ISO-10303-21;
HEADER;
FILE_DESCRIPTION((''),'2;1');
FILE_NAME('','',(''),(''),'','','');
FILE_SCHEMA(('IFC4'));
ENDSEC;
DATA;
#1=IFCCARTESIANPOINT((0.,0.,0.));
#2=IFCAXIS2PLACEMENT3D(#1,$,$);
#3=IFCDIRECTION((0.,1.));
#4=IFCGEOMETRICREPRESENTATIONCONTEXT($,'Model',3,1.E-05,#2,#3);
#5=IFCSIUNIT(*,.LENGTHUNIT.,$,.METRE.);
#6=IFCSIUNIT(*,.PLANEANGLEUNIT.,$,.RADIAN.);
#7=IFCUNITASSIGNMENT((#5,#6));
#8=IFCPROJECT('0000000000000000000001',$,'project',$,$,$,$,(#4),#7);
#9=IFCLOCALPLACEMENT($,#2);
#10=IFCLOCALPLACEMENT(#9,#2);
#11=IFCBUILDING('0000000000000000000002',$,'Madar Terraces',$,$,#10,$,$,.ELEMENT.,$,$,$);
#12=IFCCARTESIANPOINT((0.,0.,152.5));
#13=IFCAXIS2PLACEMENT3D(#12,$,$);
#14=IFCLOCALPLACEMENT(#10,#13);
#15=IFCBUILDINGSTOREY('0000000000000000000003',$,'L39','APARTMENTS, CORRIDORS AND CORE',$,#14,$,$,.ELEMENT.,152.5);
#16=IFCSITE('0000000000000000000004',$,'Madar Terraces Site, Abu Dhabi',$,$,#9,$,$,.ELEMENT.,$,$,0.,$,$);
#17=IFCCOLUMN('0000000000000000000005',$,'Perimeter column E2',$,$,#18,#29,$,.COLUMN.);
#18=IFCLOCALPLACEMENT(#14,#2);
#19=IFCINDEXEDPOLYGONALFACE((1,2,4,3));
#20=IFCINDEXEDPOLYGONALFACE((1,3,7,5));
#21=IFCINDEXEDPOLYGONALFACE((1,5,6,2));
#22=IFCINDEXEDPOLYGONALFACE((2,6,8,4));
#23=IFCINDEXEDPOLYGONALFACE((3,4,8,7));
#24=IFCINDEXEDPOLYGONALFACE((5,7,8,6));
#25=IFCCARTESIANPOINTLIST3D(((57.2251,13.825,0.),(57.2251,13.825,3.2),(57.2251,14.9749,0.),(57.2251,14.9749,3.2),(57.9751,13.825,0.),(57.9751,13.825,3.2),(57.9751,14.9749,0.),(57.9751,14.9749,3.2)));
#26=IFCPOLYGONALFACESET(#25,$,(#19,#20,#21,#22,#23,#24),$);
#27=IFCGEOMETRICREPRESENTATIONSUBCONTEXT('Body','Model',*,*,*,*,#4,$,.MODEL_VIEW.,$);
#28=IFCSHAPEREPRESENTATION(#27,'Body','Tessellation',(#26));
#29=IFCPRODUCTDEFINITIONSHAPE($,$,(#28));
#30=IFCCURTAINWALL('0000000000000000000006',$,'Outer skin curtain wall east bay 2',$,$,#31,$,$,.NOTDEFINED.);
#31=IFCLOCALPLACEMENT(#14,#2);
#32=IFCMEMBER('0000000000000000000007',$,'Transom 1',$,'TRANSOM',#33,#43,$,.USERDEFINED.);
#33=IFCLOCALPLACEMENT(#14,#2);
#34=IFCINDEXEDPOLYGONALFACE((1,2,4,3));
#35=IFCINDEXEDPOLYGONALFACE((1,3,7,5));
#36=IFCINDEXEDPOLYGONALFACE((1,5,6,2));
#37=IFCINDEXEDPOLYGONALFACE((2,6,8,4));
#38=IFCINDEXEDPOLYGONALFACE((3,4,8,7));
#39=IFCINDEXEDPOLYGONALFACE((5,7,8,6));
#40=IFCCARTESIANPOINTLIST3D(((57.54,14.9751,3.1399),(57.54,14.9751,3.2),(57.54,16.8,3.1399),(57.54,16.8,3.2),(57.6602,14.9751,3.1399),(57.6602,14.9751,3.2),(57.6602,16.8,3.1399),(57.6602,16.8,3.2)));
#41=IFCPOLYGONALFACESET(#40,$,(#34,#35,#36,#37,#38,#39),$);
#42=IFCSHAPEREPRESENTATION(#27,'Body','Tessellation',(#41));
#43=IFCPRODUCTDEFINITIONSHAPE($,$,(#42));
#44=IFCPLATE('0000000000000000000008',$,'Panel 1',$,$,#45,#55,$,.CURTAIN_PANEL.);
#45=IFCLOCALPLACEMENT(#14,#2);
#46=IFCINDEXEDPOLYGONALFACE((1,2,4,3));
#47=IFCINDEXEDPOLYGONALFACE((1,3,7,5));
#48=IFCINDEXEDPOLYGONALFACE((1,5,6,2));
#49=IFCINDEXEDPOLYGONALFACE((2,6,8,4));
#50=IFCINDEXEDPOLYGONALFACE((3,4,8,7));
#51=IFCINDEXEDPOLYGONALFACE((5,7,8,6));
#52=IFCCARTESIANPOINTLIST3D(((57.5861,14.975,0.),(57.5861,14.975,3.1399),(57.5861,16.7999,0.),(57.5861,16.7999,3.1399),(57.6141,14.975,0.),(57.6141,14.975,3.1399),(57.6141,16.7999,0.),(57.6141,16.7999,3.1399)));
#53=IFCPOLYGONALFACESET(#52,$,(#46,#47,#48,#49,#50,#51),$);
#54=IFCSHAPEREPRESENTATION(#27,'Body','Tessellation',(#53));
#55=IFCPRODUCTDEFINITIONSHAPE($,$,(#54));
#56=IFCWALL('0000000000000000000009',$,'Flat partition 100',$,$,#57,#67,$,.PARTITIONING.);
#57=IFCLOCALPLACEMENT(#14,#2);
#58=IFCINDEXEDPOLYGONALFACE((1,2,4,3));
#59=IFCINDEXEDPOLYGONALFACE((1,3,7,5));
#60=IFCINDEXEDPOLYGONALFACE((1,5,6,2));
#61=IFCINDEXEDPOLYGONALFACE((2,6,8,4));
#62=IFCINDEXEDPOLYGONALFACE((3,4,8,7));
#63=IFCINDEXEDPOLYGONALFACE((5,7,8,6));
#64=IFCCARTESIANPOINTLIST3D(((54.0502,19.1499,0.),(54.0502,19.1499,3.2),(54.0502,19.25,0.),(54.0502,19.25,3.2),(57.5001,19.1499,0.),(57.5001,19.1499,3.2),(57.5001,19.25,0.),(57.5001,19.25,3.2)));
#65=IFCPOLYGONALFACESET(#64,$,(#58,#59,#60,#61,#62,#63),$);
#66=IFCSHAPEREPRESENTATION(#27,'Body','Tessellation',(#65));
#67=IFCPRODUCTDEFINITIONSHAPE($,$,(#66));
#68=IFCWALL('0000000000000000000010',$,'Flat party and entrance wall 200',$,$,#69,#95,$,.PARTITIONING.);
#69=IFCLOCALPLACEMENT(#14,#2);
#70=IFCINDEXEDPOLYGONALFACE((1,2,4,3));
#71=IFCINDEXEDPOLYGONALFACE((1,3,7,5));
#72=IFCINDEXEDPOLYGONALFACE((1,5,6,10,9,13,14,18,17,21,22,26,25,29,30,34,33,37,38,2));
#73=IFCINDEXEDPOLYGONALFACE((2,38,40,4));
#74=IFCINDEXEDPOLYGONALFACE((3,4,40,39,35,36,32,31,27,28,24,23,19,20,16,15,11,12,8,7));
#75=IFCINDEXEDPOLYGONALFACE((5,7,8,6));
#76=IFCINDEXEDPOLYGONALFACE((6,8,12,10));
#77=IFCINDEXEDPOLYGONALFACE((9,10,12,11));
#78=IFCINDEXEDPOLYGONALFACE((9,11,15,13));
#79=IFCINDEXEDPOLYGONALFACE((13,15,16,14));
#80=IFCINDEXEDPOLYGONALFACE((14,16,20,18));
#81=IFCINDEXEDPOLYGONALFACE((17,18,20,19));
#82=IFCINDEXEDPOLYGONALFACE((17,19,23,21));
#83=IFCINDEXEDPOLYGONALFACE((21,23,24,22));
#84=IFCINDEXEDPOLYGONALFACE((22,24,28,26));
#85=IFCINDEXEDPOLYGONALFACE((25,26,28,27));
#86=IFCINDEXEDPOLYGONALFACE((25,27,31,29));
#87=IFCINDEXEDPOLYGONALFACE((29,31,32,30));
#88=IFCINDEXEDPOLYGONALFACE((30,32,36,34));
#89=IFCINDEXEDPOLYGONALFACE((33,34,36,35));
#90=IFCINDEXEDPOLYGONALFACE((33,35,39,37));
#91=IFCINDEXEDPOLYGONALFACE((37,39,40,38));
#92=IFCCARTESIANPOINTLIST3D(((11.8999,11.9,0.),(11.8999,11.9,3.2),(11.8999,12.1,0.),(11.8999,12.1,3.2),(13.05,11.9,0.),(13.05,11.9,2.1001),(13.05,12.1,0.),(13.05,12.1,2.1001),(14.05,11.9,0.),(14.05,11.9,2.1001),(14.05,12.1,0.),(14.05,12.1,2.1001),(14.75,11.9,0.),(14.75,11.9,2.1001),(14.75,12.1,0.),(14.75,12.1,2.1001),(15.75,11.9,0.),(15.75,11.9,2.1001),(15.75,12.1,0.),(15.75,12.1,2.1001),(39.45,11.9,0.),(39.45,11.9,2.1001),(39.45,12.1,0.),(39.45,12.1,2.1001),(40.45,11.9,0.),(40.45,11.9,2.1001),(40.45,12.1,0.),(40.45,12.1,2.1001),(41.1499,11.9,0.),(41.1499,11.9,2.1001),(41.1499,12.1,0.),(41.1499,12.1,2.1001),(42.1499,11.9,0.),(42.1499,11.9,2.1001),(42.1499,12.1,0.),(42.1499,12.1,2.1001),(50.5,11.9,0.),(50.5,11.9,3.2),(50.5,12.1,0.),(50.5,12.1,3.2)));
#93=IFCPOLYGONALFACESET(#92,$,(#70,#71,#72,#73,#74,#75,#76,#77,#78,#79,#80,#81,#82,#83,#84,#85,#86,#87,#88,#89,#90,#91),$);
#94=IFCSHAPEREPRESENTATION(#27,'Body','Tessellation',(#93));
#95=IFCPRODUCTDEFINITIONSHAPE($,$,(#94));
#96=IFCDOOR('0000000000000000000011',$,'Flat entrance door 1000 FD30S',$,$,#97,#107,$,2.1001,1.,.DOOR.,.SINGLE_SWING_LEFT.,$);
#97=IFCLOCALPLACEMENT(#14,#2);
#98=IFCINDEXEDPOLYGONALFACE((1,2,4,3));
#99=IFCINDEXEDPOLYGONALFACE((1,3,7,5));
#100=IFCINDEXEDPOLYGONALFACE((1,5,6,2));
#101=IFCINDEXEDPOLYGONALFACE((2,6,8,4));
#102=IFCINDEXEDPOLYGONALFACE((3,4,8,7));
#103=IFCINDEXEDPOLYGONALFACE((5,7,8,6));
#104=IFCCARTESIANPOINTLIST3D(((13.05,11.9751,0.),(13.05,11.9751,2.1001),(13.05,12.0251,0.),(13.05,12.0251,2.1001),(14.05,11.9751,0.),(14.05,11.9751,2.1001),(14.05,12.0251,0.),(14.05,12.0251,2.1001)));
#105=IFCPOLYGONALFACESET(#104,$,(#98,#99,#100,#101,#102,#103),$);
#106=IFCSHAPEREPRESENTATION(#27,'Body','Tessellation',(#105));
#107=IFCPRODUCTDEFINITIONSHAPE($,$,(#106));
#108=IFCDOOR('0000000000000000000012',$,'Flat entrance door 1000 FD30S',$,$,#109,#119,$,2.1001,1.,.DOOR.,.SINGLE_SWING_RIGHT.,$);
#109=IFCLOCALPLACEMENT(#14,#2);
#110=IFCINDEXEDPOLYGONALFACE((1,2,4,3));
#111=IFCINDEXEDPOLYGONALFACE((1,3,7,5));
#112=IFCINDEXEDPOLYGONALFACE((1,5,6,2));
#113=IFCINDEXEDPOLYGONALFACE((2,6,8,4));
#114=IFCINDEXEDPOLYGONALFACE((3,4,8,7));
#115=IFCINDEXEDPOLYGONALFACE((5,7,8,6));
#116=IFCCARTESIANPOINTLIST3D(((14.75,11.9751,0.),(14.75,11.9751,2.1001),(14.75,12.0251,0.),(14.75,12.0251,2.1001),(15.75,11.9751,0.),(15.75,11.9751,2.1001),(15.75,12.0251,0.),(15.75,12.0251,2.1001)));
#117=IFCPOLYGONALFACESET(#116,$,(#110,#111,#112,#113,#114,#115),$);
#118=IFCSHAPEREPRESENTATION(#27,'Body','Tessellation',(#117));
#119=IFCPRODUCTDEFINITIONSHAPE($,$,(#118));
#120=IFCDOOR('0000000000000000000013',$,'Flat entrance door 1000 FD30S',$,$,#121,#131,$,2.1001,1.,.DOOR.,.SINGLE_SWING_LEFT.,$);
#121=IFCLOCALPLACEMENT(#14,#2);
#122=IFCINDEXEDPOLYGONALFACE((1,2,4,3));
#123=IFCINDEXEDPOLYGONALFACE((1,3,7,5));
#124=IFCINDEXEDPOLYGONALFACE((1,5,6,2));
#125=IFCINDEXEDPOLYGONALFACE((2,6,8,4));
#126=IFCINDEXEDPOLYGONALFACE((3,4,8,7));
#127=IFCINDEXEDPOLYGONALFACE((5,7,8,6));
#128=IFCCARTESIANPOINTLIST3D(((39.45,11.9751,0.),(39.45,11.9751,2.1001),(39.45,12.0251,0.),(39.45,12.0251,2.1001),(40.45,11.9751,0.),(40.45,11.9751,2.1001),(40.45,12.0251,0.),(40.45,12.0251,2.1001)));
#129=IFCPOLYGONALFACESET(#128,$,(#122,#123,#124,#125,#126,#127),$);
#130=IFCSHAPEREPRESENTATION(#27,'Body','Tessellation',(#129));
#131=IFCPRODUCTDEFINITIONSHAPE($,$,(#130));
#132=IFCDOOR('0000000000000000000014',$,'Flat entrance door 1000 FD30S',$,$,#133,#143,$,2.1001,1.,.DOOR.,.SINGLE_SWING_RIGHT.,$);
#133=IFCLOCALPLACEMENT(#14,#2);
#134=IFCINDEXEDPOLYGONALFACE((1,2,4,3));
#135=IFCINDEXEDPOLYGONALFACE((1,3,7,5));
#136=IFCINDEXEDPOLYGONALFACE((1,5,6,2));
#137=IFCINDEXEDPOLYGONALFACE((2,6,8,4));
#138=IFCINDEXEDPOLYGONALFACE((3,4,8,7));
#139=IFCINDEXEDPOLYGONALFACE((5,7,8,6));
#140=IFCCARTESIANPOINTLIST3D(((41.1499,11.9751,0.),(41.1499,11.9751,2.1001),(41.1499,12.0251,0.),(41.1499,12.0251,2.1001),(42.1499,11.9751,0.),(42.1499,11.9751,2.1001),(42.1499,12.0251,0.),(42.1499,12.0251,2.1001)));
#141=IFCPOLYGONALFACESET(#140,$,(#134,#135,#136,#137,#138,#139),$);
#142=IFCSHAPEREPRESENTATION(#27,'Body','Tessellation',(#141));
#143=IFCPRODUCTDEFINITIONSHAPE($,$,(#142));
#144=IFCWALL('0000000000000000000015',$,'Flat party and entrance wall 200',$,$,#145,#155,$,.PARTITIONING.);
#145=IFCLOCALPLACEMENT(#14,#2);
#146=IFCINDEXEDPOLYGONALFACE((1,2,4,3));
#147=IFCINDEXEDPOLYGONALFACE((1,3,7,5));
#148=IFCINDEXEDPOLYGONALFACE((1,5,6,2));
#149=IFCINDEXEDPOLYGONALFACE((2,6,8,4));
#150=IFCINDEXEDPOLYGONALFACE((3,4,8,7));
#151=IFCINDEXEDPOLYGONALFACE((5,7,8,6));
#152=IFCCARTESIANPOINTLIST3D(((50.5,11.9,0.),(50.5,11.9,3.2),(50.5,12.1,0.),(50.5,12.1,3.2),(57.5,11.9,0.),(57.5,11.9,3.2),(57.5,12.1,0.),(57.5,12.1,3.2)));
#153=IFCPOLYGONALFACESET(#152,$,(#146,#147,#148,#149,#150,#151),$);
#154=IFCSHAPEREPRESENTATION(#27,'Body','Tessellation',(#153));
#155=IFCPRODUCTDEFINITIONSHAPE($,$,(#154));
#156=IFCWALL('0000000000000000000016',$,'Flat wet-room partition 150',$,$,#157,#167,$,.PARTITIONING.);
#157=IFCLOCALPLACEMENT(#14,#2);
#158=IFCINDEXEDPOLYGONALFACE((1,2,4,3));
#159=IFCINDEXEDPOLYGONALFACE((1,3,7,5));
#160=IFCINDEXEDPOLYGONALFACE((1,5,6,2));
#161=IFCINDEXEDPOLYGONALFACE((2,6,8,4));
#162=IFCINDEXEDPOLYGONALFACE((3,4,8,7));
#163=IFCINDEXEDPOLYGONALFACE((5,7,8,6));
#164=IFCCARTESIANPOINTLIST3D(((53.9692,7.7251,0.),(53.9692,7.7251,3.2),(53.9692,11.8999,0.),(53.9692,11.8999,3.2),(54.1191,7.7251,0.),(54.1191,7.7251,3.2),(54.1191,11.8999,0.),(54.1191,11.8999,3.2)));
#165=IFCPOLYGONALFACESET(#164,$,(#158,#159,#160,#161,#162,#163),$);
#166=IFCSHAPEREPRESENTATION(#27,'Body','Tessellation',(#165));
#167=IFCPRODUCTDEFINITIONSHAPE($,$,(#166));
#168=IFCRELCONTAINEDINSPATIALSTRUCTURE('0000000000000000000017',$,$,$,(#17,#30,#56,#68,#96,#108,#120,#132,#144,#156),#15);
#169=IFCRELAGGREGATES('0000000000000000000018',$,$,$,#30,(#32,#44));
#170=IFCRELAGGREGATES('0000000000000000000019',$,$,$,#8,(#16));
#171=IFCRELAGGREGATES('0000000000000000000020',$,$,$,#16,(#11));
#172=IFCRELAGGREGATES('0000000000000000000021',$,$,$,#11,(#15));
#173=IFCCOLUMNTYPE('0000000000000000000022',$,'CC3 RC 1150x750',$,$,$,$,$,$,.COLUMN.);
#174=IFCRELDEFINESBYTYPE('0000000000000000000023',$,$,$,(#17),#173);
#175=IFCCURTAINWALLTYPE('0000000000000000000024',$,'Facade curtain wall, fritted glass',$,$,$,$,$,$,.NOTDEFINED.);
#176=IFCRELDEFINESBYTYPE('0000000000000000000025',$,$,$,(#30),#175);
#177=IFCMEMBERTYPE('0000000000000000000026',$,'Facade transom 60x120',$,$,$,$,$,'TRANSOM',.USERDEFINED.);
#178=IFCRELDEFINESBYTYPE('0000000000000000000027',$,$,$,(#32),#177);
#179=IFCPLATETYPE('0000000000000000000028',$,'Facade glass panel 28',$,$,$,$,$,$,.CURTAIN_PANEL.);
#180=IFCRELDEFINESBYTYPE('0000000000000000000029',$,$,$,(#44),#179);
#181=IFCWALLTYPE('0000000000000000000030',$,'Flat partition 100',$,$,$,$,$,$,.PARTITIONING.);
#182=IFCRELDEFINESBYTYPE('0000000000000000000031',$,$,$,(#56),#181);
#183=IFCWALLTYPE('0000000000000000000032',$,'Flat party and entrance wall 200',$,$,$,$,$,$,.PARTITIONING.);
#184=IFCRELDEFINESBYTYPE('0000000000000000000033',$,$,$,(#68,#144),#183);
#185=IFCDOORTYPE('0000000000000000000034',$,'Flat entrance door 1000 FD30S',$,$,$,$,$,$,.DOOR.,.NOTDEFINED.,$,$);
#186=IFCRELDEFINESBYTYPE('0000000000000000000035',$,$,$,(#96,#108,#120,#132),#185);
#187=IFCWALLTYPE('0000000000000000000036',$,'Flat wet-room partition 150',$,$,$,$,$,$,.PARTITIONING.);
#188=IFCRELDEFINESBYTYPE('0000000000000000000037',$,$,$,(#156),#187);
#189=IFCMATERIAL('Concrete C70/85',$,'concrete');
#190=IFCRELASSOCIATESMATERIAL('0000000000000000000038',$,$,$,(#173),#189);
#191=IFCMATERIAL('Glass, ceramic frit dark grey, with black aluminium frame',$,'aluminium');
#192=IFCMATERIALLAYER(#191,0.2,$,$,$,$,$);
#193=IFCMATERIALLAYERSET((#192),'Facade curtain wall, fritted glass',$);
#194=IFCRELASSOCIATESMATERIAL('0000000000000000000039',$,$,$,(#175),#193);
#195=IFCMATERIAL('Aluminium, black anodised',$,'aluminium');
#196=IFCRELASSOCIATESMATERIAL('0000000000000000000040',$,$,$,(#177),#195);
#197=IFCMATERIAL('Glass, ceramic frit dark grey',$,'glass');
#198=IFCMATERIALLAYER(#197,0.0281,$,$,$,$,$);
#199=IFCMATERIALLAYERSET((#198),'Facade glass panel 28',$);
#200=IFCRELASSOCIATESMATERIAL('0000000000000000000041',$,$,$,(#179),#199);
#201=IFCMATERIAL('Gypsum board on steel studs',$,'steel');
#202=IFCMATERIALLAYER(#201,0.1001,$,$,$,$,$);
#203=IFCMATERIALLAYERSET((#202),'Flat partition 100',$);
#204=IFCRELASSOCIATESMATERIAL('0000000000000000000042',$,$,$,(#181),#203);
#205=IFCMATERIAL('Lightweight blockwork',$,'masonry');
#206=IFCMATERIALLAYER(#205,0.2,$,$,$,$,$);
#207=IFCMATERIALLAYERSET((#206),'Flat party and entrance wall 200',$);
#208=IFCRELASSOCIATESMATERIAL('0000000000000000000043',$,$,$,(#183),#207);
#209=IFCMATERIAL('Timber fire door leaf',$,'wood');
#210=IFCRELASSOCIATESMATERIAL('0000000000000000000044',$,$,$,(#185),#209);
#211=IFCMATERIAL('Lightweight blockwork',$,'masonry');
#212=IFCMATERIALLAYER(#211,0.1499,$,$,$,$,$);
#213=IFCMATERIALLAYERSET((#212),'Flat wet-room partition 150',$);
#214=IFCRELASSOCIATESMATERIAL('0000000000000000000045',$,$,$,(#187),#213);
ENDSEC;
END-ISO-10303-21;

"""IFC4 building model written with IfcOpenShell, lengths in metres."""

from ifc_helpers import new_model, si_unit, direction, frame, frame_2d, origin, origin_2d, place, context, subcontext, project, spatial, rectangle, extrude, material, layer, layer_set, material_profile, profile_set, type_object, element, fill, aggregate, save


model = new_model("IFC4")

# Units and contexts
model_context = context("Model", 3, precision=1e-05, world=origin(), true_north=direction((0.0, 1.0)))
body_context = subcontext(model_context, "Body", "Model", "MODEL_VIEW")
ifc_project = project(units=[si_unit("LENGTHUNIT", "METRE"), si_unit("PLANEANGLEUNIT", "RADIAN")], contexts=[model_context])

# Site, building, storey
site_placement = place(None, origin())
site = spatial("IfcSite", under=ifc_project, at=site_placement, Name="Madar Terraces Site, Abu Dhabi", CompositionType="ELEMENT", RefElevation=0.0)
building_placement = place(site_placement, origin())
building = spatial("IfcBuilding", under=site, at=building_placement, Name="Madar Terraces", CompositionType="ELEMENT")
storey_placement = place(building_placement, frame((0.0, 0.0, 152.5)))
storey = spatial("IfcBuildingStorey", under=building, at=storey_placement, Name="L39", Description="APARTMENTS, CORRIDORS AND CORE", CompositionType="ELEMENT", Elevation=152.5)

# Column
ifc_material_1 = material(Name="Concrete C70/85", Category="concrete")
ifc_material_profile_1 = material_profile(ifc_material_1, rectangle(XDim=1.1499, YDim=0.75, at=origin_2d()), Name="CC3 RC 1150x750")
ifc_profile_set_1 = profile_set([ifc_material_profile_1], Name="Concrete C70/85")
column_type = type_object("IfcColumnType", Name="CC3 RC 1150x750", PredefinedType="COLUMN", material=ifc_profile_set_1)
column_placement = place(storey_placement, frame((57.6001, 14.3999, 0.0), z_axis=(0.0, 0.0, 1.0), x_axis=(0.0, 1.0, 0.0)))
element("IfcColumn", 1, at=column_placement, inside=storey, type_object=column_type, Name="Perimeter column E2", PredefinedType="COLUMN", context=body_context, shape_type="SweptSolid", body=[
    extrude(rectangle(XDim=1.1499, YDim=0.75, at=origin_2d()), origin(), (0.0, 0.0, 1.0), 3.2),
])

# Curtain wall, member, plate
ifc_material_2 = material(Name="Glass, ceramic frit dark grey, with black aluminium frame", Category="aluminium")
ifc_layer_1 = layer(ifc_material_2, 0.2)
ifc_layer_set_1 = layer_set([ifc_layer_1], Name="Facade curtain wall, fritted glass")
curtain_wall_type = type_object("IfcCurtainWallType", Name="Facade curtain wall, fritted glass", PredefinedType="NOTDEFINED", material=ifc_layer_set_1)
curtain_wall_placement = place(storey_placement, origin())
curtain_wall = element("IfcCurtainWall", 2, at=curtain_wall_placement, inside=storey, type_object=curtain_wall_type, Name="Outer skin curtain wall east bay 2", PredefinedType="NOTDEFINED")
ifc_material_3 = material(Name="Aluminium, black anodised", Category="aluminium")
ifc_material_profile_2 = material_profile(ifc_material_3, rectangle(XDim=0.1201, YDim=0.0601, at=origin_2d()), Name="Facade transom 60x120")
ifc_profile_set_2 = profile_set([ifc_material_profile_2], Name="Aluminium, black anodised")
member_type = type_object("IfcMemberType", Name="Facade transom 60x120", ElementType="TRANSOM", PredefinedType="USERDEFINED", material=ifc_profile_set_2)
member_placement = place(storey_placement, frame((57.6001, 14.9751, 3.1699), z_axis=(0.0, 1.0, 0.0), x_axis=(-1.0, 0.0, 0.0)))
member = element("IfcMember", 3, at=member_placement, type_object=member_type, Name="Transom 1", ObjectType="TRANSOM", PredefinedType="USERDEFINED", context=body_context, shape_type="SweptSolid", body=[
    extrude(rectangle(XDim=0.1201, YDim=0.0601, at=origin_2d()), origin(), (0.0, 0.0, 1.0), 1.825),
])
ifc_material_4 = material(Name="Glass, ceramic frit dark grey", Category="glass")
ifc_layer_2 = layer(ifc_material_4, 0.0281)
ifc_layer_set_2 = layer_set([ifc_layer_2], Name="Facade glass panel 28")
plate_type = type_object("IfcPlateType", Name="Facade glass panel 28", PredefinedType="CURTAIN_PANEL", material=ifc_layer_set_2)
plate_placement = place(storey_placement, frame((57.6001, 15.8875, 0.0), z_axis=(0.0, 0.0, 1.0), x_axis=(0.0, 1.0, 0.0)))
plate = element("IfcPlate", 4, at=plate_placement, type_object=plate_type, Name="Panel 1", PredefinedType="CURTAIN_PANEL", context=body_context, shape_type="SweptSolid", body=[
    extrude(rectangle(XDim=1.825, YDim=0.0281, at=origin_2d()), origin(), (0.0, 0.0, 1.0), 3.1399),
])
aggregate(curtain_wall, [member, plate])

# Wall
ifc_material_5 = material(Name="Gypsum board on steel studs", Category="steel")
ifc_layer_3 = layer(ifc_material_5, 0.1001)
ifc_layer_set_3 = layer_set([ifc_layer_3], Name="Flat partition 100")
wall_type_1 = type_object("IfcWallType", Name="Flat partition 100", PredefinedType="PARTITIONING", material=ifc_layer_set_3)
wall_1_placement = place(storey_placement, frame((54.05, 19.2, 0.0), z_axis=(0.0, 0.0, 1.0), x_axis=(1.0, 0.0, 0.0)))
element("IfcWall", 5, at=wall_1_placement, inside=storey, type_object=wall_type_1, Name="Flat partition 100", PredefinedType="PARTITIONING", context=body_context, shape_type="SweptSolid", body=[
    extrude(rectangle(XDim=3.45, YDim=0.1001, at=frame_2d((1.7251, 0.0))), origin(), (0.0, 0.0, 1.0), 3.2),
])

# Wall, openings, doors
ifc_material_6 = material(Name="Lightweight blockwork", Category="masonry")
ifc_layer_4 = layer(ifc_material_6, 0.2)
ifc_layer_set_4 = layer_set([ifc_layer_4], Name="Flat party and entrance wall 200")
wall_type_2 = type_object("IfcWallType", Name="Flat party and entrance wall 200", PredefinedType="PARTITIONING", material=ifc_layer_set_4)
wall_2_placement = place(storey_placement, frame((50.5, 12.0, 0.0), z_axis=(0.0, 0.0, 1.0), x_axis=(-1.0, 0.0, 0.0)))
wall_2 = element("IfcWall", 6, at=wall_2_placement, inside=storey, type_object=wall_type_2, Name="Flat party and entrance wall 200", PredefinedType="PARTITIONING", context=body_context, shape_type="SweptSolid", body=[
    extrude(rectangle(XDim=38.6001, YDim=0.2, at=frame_2d((19.3, 0.0))), origin(), (0.0, 0.0, 1.0), 3.2),
])
opening_1_placement = place(wall_2_placement, frame((36.45, 0.0, 0.0)))
opening_1 = element("IfcOpeningElement", 7, at=opening_1_placement, cuts=wall_2, PredefinedType="OPENING", context=body_context, shape_type="SweptSolid", body=[
    extrude(rectangle(XDim=1.0, YDim=2.1001, at=frame_2d((0.5, 1.05))), frame((0.0, 0.1099, 0.0), z_axis=(0.0, -1.0, 0.0), x_axis=(1.0, 0.0, 0.0)), (0.0, 0.0, 1.0), 0.22),
])
opening_2_placement = place(wall_2_placement, frame((34.75, 0.0, 0.0)))
opening_2 = element("IfcOpeningElement", 8, at=opening_2_placement, cuts=wall_2, PredefinedType="OPENING", context=body_context, shape_type="SweptSolid", body=[
    extrude(rectangle(XDim=1.0, YDim=2.1001, at=frame_2d((0.5, 1.05))), frame((0.0, 0.1099, 0.0), z_axis=(0.0, -1.0, 0.0), x_axis=(1.0, 0.0, 0.0)), (0.0, 0.0, 1.0), 0.22),
])
opening_3_placement = place(wall_2_placement, frame((10.05, 0.0, 0.0)))
opening_3 = element("IfcOpeningElement", 9, at=opening_3_placement, cuts=wall_2, PredefinedType="OPENING", context=body_context, shape_type="SweptSolid", body=[
    extrude(rectangle(XDim=1.0, YDim=2.1001, at=frame_2d((0.5, 1.05))), frame((0.0, 0.1099, 0.0), z_axis=(0.0, -1.0, 0.0), x_axis=(1.0, 0.0, 0.0)), (0.0, 0.0, 1.0), 0.22),
])
opening_4_placement = place(wall_2_placement, frame((8.3501, 0.0, 0.0)))
opening_4 = element("IfcOpeningElement", 10, at=opening_4_placement, cuts=wall_2, PredefinedType="OPENING", context=body_context, shape_type="SweptSolid", body=[
    extrude(rectangle(XDim=1.0, YDim=2.1001, at=frame_2d((0.5, 1.05))), frame((0.0, 0.1099, 0.0), z_axis=(0.0, -1.0, 0.0), x_axis=(1.0, 0.0, 0.0)), (0.0, 0.0, 1.0), 0.22),
])
ifc_material_7 = material(Name="Timber fire door leaf", Category="wood")
door_type_1 = type_object("IfcDoorType", Name="Flat entrance door 1000 FD30S", OperationType="NOTDEFINED", PredefinedType="DOOR", material=ifc_material_7)
door_1_placement = place(opening_1_placement, origin())
door_1 = element("IfcDoor", 11, at=door_1_placement, inside=storey, type_object=door_type_1, Name="Flat entrance door 1000 FD30S", OperationType="SINGLE_SWING_LEFT", OverallHeight=2.1001, OverallWidth=1.0, PredefinedType="DOOR", context=body_context, shape_type="SweptSolid", body=[
    extrude(rectangle(XDim=1.0, YDim=2.1001, at=frame_2d((0.5, 1.05))), frame((0.0, 0.0249, 0.0), z_axis=(0.0, -1.0, 0.0), x_axis=(1.0, 0.0, 0.0)), (0.0, 0.0, 1.0), 0.05),
])
fill(opening_1, door_1)
door_2_placement = place(opening_2_placement, origin())
door_2 = element("IfcDoor", 12, at=door_2_placement, inside=storey, type_object=door_type_1, Name="Flat entrance door 1000 FD30S", OperationType="SINGLE_SWING_RIGHT", OverallHeight=2.1001, OverallWidth=1.0, PredefinedType="DOOR", context=body_context, shape_type="SweptSolid", body=[
    extrude(rectangle(XDim=1.0, YDim=2.1001, at=frame_2d((0.5, 1.05))), frame((0.0, 0.0249, 0.0), z_axis=(0.0, -1.0, 0.0), x_axis=(1.0, 0.0, 0.0)), (0.0, 0.0, 1.0), 0.05),
])
fill(opening_2, door_2)
door_3_placement = place(opening_3_placement, origin())
door_3 = element("IfcDoor", 13, at=door_3_placement, inside=storey, type_object=door_type_1, Name="Flat entrance door 1000 FD30S", OperationType="SINGLE_SWING_LEFT", OverallHeight=2.1001, OverallWidth=1.0, PredefinedType="DOOR", context=body_context, shape_type="SweptSolid", body=[
    extrude(rectangle(XDim=1.0, YDim=2.1001, at=frame_2d((0.5, 1.05))), frame((0.0, 0.0249, 0.0), z_axis=(0.0, -1.0, 0.0), x_axis=(1.0, 0.0, 0.0)), (0.0, 0.0, 1.0), 0.05),
])
fill(opening_3, door_3)
door_4_placement = place(opening_4_placement, origin())
door_4 = element("IfcDoor", 14, at=door_4_placement, inside=storey, type_object=door_type_1, Name="Flat entrance door 1000 FD30S", OperationType="SINGLE_SWING_RIGHT", OverallHeight=2.1001, OverallWidth=1.0, PredefinedType="DOOR", context=body_context, shape_type="SweptSolid", body=[
    extrude(rectangle(XDim=1.0, YDim=2.1001, at=frame_2d((0.5, 1.05))), frame((0.0, 0.0249, 0.0), z_axis=(0.0, -1.0, 0.0), x_axis=(1.0, 0.0, 0.0)), (0.0, 0.0, 1.0), 0.05),
])
fill(opening_4, door_4)

# Walls
wall_3_placement = place(storey_placement, frame((50.5, 12.0, 0.0), z_axis=(0.0, 0.0, 1.0), x_axis=(1.0, 0.0, 0.0)))
element("IfcWall", 15, at=wall_3_placement, inside=storey, type_object=wall_type_2, Name="Flat party and entrance wall 200", PredefinedType="PARTITIONING", context=body_context, shape_type="SweptSolid", body=[
    extrude(rectangle(XDim=7.0, YDim=0.2, at=frame_2d((3.5, 0.0))), origin(), (0.0, 0.0, 1.0), 3.2),
])
ifc_material_8 = material(Name="Lightweight blockwork", Category="masonry")
ifc_layer_5 = layer(ifc_material_8, 0.1499)
ifc_layer_set_5 = layer_set([ifc_layer_5], Name="Flat wet-room partition 150")
wall_type_3 = type_object("IfcWallType", Name="Flat wet-room partition 150", PredefinedType="PARTITIONING", material=ifc_layer_set_5)
wall_4_placement = place(storey_placement, frame((54.0442, 11.8999, 0.0), z_axis=(0.0, 0.0, 1.0), x_axis=(0.0, -1.0, 0.0)))
element("IfcWall", 16, at=wall_4_placement, inside=storey, type_object=wall_type_3, Name="Flat wet-room partition 150", PredefinedType="PARTITIONING", context=body_context, shape_type="SweptSolid", body=[
    extrude(rectangle(XDim=4.1748, YDim=0.1499, at=frame_2d((2.0874, 0.0))), origin(), (0.0, 0.0, 1.0), 3.2),
])

save(model, "model.ifc")
